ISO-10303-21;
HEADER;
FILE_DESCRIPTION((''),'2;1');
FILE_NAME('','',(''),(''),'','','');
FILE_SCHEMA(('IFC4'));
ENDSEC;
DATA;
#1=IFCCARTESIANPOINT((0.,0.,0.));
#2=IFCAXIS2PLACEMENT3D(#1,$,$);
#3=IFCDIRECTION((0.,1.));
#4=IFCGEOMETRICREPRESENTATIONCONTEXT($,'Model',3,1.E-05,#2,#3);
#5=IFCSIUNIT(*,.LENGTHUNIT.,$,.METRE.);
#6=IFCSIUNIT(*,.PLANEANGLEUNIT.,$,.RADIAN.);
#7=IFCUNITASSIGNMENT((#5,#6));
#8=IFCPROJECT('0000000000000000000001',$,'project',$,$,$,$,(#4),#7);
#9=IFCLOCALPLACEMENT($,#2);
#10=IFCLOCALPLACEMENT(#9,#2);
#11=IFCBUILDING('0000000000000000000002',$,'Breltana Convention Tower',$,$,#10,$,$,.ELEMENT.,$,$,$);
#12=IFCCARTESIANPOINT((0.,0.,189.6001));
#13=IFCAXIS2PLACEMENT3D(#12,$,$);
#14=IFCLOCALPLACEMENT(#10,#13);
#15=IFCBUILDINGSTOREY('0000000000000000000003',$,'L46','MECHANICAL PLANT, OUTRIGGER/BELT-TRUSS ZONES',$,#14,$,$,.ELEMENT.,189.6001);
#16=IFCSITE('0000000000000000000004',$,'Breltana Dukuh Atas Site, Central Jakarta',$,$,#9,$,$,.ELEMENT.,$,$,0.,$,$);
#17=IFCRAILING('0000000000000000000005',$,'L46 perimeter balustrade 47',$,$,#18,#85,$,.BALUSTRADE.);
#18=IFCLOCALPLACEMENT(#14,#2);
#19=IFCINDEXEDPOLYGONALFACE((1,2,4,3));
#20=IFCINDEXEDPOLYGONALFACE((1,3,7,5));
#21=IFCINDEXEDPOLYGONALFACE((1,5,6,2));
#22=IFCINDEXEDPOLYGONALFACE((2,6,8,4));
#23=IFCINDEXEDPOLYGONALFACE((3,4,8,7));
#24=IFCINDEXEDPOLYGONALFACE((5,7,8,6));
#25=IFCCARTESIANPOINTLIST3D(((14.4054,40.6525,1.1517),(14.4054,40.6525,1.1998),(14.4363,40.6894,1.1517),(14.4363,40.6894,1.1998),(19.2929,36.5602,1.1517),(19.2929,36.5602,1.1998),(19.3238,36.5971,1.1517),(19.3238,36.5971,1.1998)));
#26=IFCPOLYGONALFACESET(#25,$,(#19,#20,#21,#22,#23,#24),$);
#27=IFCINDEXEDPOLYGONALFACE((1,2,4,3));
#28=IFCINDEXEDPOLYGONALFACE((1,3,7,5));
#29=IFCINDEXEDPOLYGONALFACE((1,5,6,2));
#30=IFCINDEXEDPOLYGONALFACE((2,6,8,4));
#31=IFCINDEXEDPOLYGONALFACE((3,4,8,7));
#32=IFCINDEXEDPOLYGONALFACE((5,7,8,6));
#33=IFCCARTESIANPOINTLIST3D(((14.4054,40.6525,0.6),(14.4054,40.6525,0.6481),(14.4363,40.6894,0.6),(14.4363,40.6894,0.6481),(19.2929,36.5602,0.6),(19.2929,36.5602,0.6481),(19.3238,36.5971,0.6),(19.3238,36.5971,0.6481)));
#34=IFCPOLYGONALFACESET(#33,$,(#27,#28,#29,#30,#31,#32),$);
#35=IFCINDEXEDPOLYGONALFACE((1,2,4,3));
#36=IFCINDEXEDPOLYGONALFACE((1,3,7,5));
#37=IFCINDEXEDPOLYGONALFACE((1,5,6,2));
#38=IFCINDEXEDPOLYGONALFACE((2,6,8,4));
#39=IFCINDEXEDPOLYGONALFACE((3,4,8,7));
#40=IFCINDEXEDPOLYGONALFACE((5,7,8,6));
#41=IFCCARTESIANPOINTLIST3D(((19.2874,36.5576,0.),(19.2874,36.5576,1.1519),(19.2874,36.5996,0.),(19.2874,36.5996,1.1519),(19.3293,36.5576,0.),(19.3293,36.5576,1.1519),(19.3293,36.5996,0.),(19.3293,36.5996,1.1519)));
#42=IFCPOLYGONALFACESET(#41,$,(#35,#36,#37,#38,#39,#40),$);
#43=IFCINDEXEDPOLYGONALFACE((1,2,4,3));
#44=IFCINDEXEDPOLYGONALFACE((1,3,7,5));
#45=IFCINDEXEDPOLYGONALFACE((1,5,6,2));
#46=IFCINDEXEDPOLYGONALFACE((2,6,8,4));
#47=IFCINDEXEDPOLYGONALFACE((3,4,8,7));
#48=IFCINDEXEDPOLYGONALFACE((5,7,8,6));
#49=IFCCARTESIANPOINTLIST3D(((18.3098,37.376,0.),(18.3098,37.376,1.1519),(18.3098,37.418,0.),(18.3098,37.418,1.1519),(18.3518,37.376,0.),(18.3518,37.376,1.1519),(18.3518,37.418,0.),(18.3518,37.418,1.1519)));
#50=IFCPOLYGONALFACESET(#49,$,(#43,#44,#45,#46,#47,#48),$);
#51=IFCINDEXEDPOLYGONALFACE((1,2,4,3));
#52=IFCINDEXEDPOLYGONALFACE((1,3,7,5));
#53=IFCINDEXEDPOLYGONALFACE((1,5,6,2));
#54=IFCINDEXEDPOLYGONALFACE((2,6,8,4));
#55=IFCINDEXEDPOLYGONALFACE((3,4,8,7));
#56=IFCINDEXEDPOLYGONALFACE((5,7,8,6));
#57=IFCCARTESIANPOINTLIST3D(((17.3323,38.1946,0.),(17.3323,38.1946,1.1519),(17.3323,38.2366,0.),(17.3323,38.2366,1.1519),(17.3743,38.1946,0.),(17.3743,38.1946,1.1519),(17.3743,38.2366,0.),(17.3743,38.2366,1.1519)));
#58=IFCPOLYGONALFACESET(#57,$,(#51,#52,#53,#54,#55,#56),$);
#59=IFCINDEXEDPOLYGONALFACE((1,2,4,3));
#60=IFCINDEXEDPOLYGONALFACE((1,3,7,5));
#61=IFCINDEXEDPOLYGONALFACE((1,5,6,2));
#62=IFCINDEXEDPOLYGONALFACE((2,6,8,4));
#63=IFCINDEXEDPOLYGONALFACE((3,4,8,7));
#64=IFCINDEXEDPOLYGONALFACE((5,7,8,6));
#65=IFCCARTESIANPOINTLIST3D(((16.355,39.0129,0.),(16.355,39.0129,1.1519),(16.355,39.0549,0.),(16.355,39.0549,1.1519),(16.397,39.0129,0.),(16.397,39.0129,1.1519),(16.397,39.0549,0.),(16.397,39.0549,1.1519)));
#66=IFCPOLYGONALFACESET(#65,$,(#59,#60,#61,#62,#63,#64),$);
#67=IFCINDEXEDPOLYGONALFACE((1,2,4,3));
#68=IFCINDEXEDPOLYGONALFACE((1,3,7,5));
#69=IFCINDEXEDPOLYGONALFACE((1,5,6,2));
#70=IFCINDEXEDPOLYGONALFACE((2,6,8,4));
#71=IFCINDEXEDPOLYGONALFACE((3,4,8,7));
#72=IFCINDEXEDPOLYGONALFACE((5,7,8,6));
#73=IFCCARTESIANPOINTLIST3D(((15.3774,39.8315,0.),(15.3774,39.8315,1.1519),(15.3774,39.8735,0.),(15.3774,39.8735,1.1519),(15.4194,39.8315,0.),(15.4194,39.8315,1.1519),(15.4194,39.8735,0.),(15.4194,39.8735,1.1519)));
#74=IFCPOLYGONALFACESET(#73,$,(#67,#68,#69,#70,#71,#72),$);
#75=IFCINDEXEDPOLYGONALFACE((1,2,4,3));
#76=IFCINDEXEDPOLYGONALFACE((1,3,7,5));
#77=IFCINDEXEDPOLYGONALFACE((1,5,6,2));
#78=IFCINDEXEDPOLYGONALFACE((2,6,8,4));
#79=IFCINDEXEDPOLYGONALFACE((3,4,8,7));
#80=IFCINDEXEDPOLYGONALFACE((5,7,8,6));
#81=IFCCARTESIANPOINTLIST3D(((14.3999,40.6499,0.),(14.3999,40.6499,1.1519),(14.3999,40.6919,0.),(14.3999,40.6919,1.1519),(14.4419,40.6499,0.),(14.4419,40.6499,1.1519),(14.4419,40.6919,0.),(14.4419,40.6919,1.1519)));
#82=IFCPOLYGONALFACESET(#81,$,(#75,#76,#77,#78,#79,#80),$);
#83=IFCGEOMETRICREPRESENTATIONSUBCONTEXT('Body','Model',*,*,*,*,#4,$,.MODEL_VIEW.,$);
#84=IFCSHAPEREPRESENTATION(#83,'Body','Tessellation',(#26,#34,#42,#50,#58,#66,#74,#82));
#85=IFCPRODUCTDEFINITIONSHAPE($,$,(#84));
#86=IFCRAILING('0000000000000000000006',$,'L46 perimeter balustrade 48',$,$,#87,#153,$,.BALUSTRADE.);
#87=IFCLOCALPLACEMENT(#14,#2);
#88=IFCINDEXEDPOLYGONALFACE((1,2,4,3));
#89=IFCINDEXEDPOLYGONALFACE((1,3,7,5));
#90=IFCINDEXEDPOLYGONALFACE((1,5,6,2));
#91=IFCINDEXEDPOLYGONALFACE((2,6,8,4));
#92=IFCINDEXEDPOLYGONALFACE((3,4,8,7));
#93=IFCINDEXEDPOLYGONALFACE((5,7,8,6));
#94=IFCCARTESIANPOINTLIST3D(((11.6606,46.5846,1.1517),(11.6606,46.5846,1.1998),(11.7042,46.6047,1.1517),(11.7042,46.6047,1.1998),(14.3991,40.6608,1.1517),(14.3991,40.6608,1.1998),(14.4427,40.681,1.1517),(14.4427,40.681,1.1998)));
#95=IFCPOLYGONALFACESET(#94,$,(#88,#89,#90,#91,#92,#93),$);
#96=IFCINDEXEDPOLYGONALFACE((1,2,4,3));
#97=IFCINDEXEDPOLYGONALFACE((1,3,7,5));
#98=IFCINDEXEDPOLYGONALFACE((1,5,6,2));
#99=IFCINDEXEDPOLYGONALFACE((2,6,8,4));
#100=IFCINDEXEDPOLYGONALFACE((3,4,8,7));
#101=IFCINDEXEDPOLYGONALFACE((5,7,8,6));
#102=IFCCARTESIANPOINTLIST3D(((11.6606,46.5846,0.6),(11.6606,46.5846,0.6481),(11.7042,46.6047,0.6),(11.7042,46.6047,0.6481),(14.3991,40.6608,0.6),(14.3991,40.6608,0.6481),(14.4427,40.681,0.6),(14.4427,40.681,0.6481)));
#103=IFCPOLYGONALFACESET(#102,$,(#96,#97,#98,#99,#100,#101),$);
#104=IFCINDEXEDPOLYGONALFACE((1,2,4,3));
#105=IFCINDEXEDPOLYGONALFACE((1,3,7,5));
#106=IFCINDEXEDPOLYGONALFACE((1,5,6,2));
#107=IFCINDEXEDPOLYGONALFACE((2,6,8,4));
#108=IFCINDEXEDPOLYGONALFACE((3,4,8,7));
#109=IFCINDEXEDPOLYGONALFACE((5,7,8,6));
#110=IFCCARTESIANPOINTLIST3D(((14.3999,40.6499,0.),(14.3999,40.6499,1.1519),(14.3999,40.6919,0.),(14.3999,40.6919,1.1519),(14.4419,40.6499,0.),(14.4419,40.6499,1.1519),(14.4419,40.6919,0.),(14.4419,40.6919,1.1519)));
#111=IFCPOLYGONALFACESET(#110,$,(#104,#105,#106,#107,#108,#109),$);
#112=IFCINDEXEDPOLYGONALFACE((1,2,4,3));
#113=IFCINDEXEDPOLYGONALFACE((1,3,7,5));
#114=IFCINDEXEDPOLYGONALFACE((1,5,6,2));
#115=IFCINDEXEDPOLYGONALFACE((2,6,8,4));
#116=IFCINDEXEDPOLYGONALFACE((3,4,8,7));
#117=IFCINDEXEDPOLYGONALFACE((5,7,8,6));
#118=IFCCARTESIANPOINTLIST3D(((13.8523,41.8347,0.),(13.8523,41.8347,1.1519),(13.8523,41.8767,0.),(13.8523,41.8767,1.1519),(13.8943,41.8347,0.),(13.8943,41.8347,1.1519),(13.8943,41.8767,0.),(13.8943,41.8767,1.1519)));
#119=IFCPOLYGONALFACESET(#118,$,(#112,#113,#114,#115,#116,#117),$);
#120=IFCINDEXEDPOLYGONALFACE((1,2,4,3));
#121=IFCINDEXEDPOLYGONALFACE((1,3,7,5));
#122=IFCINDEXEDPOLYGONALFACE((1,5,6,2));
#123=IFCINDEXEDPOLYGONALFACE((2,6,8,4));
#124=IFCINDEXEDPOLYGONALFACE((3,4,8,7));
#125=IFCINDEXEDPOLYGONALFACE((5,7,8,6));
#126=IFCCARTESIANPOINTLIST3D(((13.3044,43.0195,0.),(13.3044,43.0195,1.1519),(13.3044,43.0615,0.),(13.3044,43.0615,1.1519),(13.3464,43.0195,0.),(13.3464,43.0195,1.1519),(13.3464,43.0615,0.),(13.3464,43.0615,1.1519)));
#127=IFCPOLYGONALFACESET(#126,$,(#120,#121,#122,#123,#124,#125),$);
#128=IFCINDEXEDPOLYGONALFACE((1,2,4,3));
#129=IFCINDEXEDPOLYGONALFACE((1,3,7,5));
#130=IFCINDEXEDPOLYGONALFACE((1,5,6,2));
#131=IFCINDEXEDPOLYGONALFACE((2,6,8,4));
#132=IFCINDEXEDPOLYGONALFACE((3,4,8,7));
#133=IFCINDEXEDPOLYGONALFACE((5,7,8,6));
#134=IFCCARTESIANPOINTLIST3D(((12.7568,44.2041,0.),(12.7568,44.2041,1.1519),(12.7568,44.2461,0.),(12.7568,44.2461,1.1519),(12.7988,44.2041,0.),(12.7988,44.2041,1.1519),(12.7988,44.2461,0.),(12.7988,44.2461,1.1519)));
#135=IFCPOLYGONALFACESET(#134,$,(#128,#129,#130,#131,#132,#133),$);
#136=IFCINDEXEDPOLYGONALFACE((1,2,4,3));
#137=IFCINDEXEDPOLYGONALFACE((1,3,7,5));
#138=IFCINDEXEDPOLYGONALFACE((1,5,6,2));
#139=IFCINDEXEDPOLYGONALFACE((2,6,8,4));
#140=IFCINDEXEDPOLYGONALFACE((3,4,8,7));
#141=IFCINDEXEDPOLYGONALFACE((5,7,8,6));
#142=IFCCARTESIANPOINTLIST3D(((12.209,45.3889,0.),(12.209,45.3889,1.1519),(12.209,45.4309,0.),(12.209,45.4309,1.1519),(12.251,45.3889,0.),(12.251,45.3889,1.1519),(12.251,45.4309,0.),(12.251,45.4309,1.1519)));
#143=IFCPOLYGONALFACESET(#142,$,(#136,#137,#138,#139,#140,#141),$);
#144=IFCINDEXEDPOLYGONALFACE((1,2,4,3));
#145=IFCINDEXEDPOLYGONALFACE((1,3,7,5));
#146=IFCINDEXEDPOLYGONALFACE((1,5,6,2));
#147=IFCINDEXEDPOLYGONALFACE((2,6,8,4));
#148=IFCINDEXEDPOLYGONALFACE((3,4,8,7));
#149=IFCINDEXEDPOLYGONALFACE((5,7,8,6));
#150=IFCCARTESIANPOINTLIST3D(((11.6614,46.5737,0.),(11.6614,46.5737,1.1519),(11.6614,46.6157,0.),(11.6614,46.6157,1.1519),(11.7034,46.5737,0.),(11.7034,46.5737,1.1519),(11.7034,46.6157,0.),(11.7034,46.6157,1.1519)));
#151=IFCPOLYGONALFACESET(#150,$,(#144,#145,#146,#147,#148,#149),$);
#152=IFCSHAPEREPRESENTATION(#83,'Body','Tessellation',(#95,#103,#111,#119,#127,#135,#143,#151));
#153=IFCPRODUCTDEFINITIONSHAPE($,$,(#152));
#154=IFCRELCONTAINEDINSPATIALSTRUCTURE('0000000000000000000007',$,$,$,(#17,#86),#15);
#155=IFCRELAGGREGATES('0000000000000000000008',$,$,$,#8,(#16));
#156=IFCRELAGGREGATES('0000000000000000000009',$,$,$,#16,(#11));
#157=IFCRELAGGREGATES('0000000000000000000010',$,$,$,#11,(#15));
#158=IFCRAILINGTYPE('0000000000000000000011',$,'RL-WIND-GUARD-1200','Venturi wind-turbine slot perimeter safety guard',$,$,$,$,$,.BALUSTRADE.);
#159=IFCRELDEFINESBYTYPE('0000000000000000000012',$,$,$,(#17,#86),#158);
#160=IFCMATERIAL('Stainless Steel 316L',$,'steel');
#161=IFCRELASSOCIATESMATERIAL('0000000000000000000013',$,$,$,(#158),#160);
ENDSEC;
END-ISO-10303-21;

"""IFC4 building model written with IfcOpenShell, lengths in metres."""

from ifc_helpers import new_model, si_unit, direction, frame, origin, origin_2d, place, context, subcontext, project, spatial, rectangle, extrude, material, type_object, element, save


model = new_model("IFC4")

# Units and contexts
model_context = context("Model", 3, precision=1e-05, world=origin(), true_north=direction((0.0, 1.0)))
body_context = subcontext(model_context, "Body", "Model", "MODEL_VIEW")
ifc_project = project(units=[si_unit("LENGTHUNIT", "METRE"), si_unit("PLANEANGLEUNIT", "RADIAN")], contexts=[model_context])

# Site, building, storey
site_placement = place(None, origin())
site = spatial("IfcSite", under=ifc_project, at=site_placement, Name="Breltana Dukuh Atas Site, Central Jakarta", CompositionType="ELEMENT", RefElevation=0.0)
building_placement = place(site_placement, origin())
building = spatial("IfcBuilding", under=site, at=building_placement, Name="Breltana Convention Tower", CompositionType="ELEMENT")
storey_placement = place(building_placement, frame((0.0, 0.0, 189.6001)))
storey = spatial("IfcBuildingStorey", under=building, at=storey_placement, Name="L46", Description="MECHANICAL PLANT, OUTRIGGER/BELT-TRUSS ZONES", CompositionType="ELEMENT", Elevation=189.6001)

# Railings
ifc_material_1 = material(Name="Stainless Steel 316L", Category="steel")
railing_type = type_object("IfcRailingType", Name="RL-WIND-GUARD-1200", Description="Venturi wind-turbine slot perimeter safety guard", PredefinedType="BALUSTRADE", material=ifc_material_1)
railing_1_placement = place(storey_placement, frame((19.3083, 36.5786, 0.0)))
element("IfcRailing", 1, at=railing_1_placement, inside=storey, type_object=railing_type, Name="L46 perimeter balustrade 47", PredefinedType="BALUSTRADE", context=body_context, shape_type="SweptSolid", body=[
    extrude(rectangle(XDim=0.0481, YDim=0.0481, at=origin_2d()), frame((0.0, 0.0, 1.1758), z_axis=(-0.766722, 0.64198, 0.0), x_axis=(-0.64198, -0.766722, 0.0)), (0.0, 0.0, 1.0), 6.3745),
    extrude(rectangle(XDim=0.0481, YDim=0.0481, at=origin_2d()), frame((0.0, 0.0, 0.624), z_axis=(-0.766722, 0.64198, 0.0), x_axis=(-0.64198, -0.766722, 0.0)), (0.0, 0.0, 1.0), 6.3745),
    extrude(rectangle(XDim=0.042, YDim=0.042, at=origin_2d()), origin(), (0.0, 0.0, 1.0), 1.1519),
    extrude(rectangle(XDim=0.042, YDim=0.042, at=origin_2d()), frame((-0.9775, 0.8184, 0.0)), (0.0, 0.0, 1.0), 1.1519),
    extrude(rectangle(XDim=0.042, YDim=0.042, at=origin_2d()), frame((-1.9551, 1.637, 0.0)), (0.0, 0.0, 1.0), 1.1519),
    extrude(rectangle(XDim=0.042, YDim=0.042, at=origin_2d()), frame((-2.9324, 2.4553, 0.0)), (0.0, 0.0, 1.0), 1.1519),
    extrude(rectangle(XDim=0.042, YDim=0.042, at=origin_2d()), frame((-3.9099, 3.2739, 0.0)), (0.0, 0.0, 1.0), 1.1519),
    extrude(rectangle(XDim=0.042, YDim=0.042, at=origin_2d()), frame((-4.8875, 4.0923, 0.0)), (0.0, 0.0, 1.0), 1.1519),
])
railing_2_placement = place(storey_placement, frame((14.4209, 40.6709, 0.0)))
element("IfcRailing", 2, at=railing_2_placement, inside=storey, type_object=railing_type, Name="L46 perimeter balustrade 48", PredefinedType="BALUSTRADE", context=body_context, shape_type="SweptSolid", body=[
    extrude(rectangle(XDim=0.0481, YDim=0.0481, at=origin_2d()), frame((0.0, 0.0, 1.1758), z_axis=(-0.41962, 0.9077, 0.0), x_axis=(-0.9077, -0.41962, 0.0)), (0.0, 0.0, 1.0), 6.5261),
    extrude(rectangle(XDim=0.0481, YDim=0.0481, at=origin_2d()), frame((0.0, 0.0, 0.624), z_axis=(-0.41962, 0.9077, 0.0), x_axis=(-0.9077, -0.41962, 0.0)), (0.0, 0.0, 1.0), 6.5261),
    extrude(rectangle(XDim=0.042, YDim=0.042, at=origin_2d()), origin(), (0.0, 0.0, 1.0), 1.1519),
    extrude(rectangle(XDim=0.042, YDim=0.042, at=origin_2d()), frame((-0.5476, 1.1848, 0.0)), (0.0, 0.0, 1.0), 1.1519),
    extrude(rectangle(XDim=0.042, YDim=0.042, at=origin_2d()), frame((-1.0955, 2.3696, 0.0)), (0.0, 0.0, 1.0), 1.1519),
    extrude(rectangle(XDim=0.042, YDim=0.042, at=origin_2d()), frame((-1.6431, 3.5542, 0.0)), (0.0, 0.0, 1.0), 1.1519),
    extrude(rectangle(XDim=0.042, YDim=0.042, at=origin_2d()), frame((-2.1909, 4.739, 0.0)), (0.0, 0.0, 1.0), 1.1519),
    extrude(rectangle(XDim=0.042, YDim=0.042, at=origin_2d()), frame((-2.7385, 5.9238, 0.0)), (0.0, 0.0, 1.0), 1.1519),
])

save(model, "model.ifc")
